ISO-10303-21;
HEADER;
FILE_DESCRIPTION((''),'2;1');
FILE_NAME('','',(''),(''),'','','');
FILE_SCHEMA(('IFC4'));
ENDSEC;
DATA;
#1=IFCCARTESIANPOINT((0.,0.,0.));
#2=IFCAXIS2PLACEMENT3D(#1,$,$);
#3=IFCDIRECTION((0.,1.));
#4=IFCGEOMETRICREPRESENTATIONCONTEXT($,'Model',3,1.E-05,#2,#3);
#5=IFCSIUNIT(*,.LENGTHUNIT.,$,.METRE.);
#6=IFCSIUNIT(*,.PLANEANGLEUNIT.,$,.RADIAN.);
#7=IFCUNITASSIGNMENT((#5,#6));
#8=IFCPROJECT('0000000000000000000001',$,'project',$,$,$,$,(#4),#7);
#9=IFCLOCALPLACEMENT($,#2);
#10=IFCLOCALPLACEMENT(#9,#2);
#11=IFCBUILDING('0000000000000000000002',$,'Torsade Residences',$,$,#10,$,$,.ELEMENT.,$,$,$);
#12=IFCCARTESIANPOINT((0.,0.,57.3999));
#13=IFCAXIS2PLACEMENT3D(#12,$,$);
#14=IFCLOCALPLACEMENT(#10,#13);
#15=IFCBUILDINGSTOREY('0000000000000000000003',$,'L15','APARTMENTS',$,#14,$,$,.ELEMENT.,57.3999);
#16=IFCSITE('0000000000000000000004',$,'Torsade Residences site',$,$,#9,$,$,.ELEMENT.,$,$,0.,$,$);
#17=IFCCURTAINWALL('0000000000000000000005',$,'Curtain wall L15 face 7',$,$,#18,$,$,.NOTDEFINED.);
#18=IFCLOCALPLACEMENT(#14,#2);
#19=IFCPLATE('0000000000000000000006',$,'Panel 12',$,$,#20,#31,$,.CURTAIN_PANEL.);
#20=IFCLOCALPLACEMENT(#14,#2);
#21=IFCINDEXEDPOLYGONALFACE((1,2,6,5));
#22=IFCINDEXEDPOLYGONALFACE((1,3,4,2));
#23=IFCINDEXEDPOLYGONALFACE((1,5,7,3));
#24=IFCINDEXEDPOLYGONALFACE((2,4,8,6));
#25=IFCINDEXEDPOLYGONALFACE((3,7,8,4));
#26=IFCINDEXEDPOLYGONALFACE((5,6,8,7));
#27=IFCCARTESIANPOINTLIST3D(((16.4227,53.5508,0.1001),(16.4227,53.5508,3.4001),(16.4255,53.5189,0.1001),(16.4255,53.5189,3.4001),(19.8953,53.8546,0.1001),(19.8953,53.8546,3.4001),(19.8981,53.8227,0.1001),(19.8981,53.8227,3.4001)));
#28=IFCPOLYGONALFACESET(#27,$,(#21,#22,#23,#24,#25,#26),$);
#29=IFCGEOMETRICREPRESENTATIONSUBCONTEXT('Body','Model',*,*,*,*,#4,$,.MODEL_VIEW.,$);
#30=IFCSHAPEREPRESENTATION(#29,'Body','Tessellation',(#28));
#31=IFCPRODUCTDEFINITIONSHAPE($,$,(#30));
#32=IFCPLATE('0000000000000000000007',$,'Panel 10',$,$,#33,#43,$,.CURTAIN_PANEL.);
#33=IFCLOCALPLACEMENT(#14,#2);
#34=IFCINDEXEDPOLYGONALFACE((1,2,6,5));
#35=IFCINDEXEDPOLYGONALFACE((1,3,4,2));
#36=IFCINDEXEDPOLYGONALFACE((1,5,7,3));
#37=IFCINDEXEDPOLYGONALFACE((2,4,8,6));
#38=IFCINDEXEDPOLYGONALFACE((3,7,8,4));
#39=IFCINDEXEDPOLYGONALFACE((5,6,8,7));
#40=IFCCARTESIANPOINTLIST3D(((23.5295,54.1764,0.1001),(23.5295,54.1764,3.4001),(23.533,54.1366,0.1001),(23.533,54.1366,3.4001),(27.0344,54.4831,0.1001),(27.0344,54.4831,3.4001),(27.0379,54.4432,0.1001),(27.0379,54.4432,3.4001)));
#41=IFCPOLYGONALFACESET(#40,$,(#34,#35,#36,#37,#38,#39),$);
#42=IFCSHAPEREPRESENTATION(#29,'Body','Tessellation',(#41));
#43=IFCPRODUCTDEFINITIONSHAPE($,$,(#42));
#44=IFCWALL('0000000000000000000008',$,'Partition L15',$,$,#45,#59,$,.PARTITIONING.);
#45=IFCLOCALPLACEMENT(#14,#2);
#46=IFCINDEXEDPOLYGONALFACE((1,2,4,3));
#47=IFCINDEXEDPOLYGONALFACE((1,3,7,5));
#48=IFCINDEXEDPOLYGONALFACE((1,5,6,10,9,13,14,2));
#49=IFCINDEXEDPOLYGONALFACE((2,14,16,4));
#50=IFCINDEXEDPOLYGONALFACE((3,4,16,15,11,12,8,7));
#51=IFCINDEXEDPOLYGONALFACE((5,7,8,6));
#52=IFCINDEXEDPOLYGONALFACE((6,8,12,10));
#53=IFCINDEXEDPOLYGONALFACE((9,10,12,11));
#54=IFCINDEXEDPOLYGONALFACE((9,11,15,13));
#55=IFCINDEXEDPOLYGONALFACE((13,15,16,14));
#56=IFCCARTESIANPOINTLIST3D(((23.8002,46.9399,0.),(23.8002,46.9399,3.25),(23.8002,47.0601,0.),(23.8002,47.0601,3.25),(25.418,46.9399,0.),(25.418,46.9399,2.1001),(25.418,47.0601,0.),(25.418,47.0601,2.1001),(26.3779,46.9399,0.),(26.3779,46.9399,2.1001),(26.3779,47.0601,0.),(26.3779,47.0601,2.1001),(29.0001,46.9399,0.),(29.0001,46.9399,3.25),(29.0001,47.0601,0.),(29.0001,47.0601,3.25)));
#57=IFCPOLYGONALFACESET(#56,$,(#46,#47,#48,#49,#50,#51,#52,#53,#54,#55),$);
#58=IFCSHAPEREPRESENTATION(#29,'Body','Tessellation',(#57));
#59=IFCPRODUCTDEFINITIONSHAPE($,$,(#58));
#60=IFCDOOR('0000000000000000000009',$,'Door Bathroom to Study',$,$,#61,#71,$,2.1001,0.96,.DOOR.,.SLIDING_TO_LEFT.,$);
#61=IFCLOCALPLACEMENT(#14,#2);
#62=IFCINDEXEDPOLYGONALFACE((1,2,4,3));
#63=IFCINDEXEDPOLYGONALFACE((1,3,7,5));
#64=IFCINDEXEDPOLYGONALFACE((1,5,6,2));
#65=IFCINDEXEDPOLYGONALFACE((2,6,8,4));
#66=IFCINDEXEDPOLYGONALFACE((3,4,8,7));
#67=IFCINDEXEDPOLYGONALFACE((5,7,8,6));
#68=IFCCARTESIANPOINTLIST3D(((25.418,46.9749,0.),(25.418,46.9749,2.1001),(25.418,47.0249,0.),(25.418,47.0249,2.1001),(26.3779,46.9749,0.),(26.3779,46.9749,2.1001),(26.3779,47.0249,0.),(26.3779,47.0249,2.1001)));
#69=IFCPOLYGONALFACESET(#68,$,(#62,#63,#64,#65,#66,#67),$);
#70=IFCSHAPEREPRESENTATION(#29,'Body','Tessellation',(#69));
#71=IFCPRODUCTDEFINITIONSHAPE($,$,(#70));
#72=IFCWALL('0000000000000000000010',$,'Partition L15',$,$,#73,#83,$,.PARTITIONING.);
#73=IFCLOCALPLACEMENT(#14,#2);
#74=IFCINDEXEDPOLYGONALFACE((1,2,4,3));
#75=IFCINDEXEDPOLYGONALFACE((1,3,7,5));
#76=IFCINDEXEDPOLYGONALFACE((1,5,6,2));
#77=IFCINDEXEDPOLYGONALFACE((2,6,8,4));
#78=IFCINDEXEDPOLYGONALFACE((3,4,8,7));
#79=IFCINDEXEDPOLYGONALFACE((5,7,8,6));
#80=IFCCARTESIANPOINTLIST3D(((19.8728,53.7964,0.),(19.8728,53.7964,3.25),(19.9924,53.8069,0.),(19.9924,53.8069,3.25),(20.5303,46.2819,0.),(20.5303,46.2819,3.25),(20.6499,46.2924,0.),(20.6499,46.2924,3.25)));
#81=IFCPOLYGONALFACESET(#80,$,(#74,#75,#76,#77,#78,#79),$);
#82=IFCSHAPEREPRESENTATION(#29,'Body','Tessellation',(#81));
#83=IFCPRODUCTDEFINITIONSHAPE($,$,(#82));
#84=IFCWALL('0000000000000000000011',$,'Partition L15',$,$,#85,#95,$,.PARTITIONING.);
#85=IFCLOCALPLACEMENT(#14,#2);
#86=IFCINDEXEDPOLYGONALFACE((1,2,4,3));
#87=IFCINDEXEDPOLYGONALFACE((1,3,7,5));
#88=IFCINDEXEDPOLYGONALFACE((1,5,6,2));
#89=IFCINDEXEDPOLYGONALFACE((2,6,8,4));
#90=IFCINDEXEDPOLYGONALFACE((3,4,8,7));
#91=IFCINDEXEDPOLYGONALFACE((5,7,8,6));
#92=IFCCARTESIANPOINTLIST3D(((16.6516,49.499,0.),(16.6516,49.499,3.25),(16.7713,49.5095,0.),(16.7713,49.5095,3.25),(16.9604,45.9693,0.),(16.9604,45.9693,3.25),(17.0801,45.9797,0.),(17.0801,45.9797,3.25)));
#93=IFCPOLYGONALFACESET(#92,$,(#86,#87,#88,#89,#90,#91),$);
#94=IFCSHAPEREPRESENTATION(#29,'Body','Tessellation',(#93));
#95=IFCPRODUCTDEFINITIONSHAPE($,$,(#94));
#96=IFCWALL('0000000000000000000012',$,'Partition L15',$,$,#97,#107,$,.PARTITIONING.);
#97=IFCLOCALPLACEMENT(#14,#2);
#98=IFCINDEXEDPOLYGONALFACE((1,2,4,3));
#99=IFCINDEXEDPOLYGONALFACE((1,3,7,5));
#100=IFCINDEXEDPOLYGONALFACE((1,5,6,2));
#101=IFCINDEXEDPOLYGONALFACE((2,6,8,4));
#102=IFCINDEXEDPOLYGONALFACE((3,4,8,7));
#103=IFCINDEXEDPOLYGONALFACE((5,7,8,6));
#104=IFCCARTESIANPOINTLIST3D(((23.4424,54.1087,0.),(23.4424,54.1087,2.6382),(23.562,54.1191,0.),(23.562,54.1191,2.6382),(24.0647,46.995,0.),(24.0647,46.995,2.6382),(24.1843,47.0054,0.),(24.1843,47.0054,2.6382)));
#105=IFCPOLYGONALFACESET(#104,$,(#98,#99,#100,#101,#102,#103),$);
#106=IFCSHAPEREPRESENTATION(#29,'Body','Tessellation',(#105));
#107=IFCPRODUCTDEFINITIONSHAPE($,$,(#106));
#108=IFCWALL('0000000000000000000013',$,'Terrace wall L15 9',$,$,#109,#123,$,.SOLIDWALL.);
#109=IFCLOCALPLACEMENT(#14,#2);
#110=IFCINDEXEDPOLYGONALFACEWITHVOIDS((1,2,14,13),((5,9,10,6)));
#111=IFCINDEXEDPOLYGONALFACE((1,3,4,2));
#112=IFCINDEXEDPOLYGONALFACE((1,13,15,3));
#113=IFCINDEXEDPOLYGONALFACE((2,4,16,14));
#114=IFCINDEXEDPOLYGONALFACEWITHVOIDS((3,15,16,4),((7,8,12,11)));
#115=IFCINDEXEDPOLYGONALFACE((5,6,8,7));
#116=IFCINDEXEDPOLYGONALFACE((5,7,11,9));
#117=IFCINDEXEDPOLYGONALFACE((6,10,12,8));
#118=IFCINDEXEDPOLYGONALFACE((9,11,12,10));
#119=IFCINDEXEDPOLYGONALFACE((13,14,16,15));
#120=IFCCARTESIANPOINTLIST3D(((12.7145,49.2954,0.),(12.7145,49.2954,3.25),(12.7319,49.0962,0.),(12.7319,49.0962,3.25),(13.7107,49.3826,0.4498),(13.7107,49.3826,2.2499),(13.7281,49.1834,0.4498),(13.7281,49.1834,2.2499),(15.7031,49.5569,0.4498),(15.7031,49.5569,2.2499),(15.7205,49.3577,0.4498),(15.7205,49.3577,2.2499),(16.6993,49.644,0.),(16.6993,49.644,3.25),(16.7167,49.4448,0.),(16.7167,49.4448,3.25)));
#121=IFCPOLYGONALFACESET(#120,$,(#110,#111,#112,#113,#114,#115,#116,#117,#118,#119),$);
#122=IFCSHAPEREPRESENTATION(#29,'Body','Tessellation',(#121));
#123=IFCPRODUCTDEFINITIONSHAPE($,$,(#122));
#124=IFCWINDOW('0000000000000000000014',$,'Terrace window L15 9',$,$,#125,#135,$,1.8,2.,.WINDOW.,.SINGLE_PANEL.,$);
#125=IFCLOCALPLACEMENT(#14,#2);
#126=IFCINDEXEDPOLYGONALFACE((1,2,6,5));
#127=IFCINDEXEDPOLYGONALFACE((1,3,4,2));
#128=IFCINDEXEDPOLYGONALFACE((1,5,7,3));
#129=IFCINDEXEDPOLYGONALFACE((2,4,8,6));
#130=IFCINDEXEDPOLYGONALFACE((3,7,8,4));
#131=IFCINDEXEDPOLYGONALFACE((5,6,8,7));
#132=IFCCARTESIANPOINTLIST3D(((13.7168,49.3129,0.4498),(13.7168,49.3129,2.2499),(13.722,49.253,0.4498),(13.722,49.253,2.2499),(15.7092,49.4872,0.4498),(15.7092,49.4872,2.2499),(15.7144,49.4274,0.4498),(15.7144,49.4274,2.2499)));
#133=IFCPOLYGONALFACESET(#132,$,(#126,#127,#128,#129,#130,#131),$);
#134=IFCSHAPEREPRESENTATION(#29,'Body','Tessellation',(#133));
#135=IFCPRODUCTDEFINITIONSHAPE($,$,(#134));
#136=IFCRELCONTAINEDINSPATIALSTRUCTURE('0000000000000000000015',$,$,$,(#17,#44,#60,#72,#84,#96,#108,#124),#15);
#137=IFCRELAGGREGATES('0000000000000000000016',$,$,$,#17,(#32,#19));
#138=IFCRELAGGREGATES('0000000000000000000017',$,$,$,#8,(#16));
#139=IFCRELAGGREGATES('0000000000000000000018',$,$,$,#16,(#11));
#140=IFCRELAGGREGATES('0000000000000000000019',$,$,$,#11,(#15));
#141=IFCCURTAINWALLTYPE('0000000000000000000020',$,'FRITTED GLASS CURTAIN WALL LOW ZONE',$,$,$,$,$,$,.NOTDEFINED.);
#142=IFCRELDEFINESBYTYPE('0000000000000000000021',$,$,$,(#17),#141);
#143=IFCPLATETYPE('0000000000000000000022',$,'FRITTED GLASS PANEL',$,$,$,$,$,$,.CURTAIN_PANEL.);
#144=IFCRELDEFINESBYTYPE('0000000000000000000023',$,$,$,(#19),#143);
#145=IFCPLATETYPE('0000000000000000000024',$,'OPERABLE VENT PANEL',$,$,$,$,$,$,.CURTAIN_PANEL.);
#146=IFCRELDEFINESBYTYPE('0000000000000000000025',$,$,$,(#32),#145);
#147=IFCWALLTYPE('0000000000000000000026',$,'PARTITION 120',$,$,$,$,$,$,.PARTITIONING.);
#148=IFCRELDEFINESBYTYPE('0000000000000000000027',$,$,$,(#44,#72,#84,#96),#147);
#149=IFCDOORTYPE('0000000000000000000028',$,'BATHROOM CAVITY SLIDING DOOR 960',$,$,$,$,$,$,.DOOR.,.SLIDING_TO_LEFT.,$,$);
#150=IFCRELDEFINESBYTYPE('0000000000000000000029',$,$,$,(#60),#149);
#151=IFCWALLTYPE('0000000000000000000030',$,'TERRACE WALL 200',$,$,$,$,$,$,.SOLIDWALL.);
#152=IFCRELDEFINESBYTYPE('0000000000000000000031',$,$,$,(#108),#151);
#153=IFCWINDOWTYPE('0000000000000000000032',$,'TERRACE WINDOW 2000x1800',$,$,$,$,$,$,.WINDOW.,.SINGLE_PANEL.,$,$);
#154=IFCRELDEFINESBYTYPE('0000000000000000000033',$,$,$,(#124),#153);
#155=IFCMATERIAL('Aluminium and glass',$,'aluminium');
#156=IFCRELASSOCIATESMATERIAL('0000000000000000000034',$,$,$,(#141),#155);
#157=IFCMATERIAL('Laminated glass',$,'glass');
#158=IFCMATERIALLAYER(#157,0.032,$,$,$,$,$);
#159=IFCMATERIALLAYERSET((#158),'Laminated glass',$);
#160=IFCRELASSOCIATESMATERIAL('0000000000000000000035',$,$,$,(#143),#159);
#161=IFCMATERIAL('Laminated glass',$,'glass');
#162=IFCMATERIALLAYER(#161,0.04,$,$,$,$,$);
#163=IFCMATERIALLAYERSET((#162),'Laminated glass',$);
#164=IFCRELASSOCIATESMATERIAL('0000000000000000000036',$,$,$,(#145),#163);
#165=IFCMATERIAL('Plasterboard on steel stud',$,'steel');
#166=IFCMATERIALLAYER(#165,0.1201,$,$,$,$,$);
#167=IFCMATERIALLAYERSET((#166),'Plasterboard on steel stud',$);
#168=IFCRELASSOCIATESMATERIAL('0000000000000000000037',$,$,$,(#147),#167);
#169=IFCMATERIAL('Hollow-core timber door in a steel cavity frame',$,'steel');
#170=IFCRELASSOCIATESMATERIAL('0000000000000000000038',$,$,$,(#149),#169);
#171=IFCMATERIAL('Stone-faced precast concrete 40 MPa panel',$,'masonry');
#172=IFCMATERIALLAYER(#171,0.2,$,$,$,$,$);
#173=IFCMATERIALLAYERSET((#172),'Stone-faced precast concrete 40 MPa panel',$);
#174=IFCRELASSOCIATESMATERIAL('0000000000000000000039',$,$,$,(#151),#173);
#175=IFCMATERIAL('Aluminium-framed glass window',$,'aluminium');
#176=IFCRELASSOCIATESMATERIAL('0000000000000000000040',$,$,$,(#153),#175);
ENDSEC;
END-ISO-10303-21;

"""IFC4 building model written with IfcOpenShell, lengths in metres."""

from ifc_helpers import new_model, si_unit, direction, frame, frame_2d, origin, origin_2d, place, context, subcontext, project, spatial, rectangle, extrude, material, layer, layer_set, type_object, element, fill, aggregate, save


model = new_model("IFC4")

# Units and contexts
model_context = context("Model", 3, precision=1e-05, world=origin(), true_north=direction((0.0, 1.0)))
body_context = subcontext(model_context, "Body", "Model", "MODEL_VIEW")
ifc_project = project(units=[si_unit("LENGTHUNIT", "METRE"), si_unit("PLANEANGLEUNIT", "RADIAN")], contexts=[model_context])

# Site, building, storey
site_placement = place(None, origin())
site = spatial("IfcSite", under=ifc_project, at=site_placement, Name="Torsade Residences site", CompositionType="ELEMENT", RefElevation=0.0)
building_placement = place(site_placement, origin())
building = spatial("IfcBuilding", under=site, at=building_placement, Name="Torsade Residences", CompositionType="ELEMENT")
storey_placement = place(building_placement, frame((0.0, 0.0, 57.3999)))
storey = spatial("IfcBuildingStorey", under=building, at=storey_placement, Name="L15", Description="APARTMENTS", CompositionType="ELEMENT", Elevation=57.3999)

# Curtain wall
ifc_material_1 = material(Name="Aluminium and glass", Category="aluminium")
curtain_wall_type = type_object("IfcCurtainWallType", Name="FRITTED GLASS CURTAIN WALL LOW ZONE", PredefinedType="NOTDEFINED", material=ifc_material_1)
curtain_wall_placement = place(storey_placement, origin())
curtain_wall = element("IfcCurtainWall", 1, at=curtain_wall_placement, inside=storey, type_object=curtain_wall_type, Name="Curtain wall L15 face 7", PredefinedType="NOTDEFINED")

# Plates
ifc_material_2 = material(Name="Laminated glass", Category="glass")
ifc_layer_1 = layer(ifc_material_2, 0.032)
ifc_layer_set_1 = layer_set([ifc_layer_1], Name="Laminated glass")
plate_type_1 = type_object("IfcPlateType", Name="FRITTED GLASS PANEL", PredefinedType="CURTAIN_PANEL", material=ifc_layer_set_1)
plate_1_placement = place(storey_placement, frame((18.1604, 53.6868, 0.1001), z_axis=(0.0, 0.0, 1.0), x_axis=(-0.996195, -0.087156, 0.0)))
plate_1 = element("IfcPlate", 2, at=plate_1_placement, type_object=plate_type_1, Name="Panel 12", PredefinedType="CURTAIN_PANEL", context=body_context, shape_type="SweptSolid", body=[
    extrude(rectangle(XDim=3.4858, YDim=0.032, at=origin_2d()), origin(), (0.0, 0.0, 1.0), 3.3),
])
ifc_material_3 = material(Name="Laminated glass", Category="glass")
ifc_layer_2 = layer(ifc_material_3, 0.04)
ifc_layer_set_2 = layer_set([ifc_layer_2], Name="Laminated glass")
plate_type_2 = type_object("IfcPlateType", Name="OPERABLE VENT PANEL", PredefinedType="CURTAIN_PANEL", material=ifc_layer_set_2)
plate_2_placement = place(storey_placement, frame((25.2837, 54.3098, 0.1001), z_axis=(0.0, 0.0, 1.0), x_axis=(-0.996195, -0.087156, 0.0)))
plate_2 = element("IfcPlate", 3, at=plate_2_placement, type_object=plate_type_2, Name="Panel 10", PredefinedType="CURTAIN_PANEL", context=body_context, shape_type="SweptSolid", body=[
    extrude(rectangle(XDim=3.5183, YDim=0.04, at=origin_2d()), origin(), (0.0, 0.0, 1.0), 3.3),
])
aggregate(curtain_wall, [plate_2, plate_1])

# Wall, opening, door
ifc_material_4 = material(Name="Plasterboard on steel stud", Category="steel")
ifc_layer_3 = layer(ifc_material_4, 0.1201)
ifc_layer_set_3 = layer_set([ifc_layer_3], Name="Plasterboard on steel stud")
wall_type_1 = type_object("IfcWallType", Name="PARTITION 120", PredefinedType="PARTITIONING", material=ifc_layer_set_3)
wall_1_placement = place(storey_placement, frame((23.8, 47.0, 0.0), z_axis=(0.0, 0.0, 1.0), x_axis=(1.0, 0.0, 0.0)))
wall_1 = element("IfcWall", 4, at=wall_1_placement, inside=storey, type_object=wall_type_1, Name="Partition L15", PredefinedType="PARTITIONING", context=body_context, shape_type="SweptSolid", body=[
    extrude(rectangle(XDim=5.2, YDim=0.1201, at=frame_2d((2.6001, 0.0))), origin(), (0.0, 0.0, 1.0), 3.25),
])
opening_1_placement = place(wall_1_placement, frame((1.6179, 0.0, 0.0)))
opening_1 = element("IfcOpeningElement", 5, at=opening_1_placement, cuts=wall_1, PredefinedType="OPENING", context=body_context, shape_type="SweptSolid", body=[
    extrude(rectangle(XDim=0.96, YDim=2.1001, at=frame_2d((0.48, 1.05))), frame((0.0, 0.0701, 0.0), z_axis=(0.0, -1.0, 0.0), x_axis=(1.0, 0.0, 0.0)), (0.0, 0.0, 1.0), 0.1401),
])
ifc_material_5 = material(Name="Hollow-core timber door in a steel cavity frame", Category="steel")
door_type = type_object("IfcDoorType", Name="BATHROOM CAVITY SLIDING DOOR 960", OperationType="SLIDING_TO_LEFT", PredefinedType="DOOR", material=ifc_material_5)
door_placement = place(opening_1_placement, origin())
door = element("IfcDoor", 6, at=door_placement, inside=storey, type_object=door_type, Name="Door Bathroom to Study", OperationType="SLIDING_TO_LEFT", OverallHeight=2.1001, OverallWidth=0.96, PredefinedType="DOOR", context=body_context, shape_type="SweptSolid", body=[
    extrude(rectangle(XDim=0.96, YDim=2.1001, at=frame_2d((0.48, 1.05))), frame((0.0, 0.0249, 0.0), z_axis=(0.0, -1.0, 0.0), x_axis=(1.0, 0.0, 0.0)), (0.0, 0.0, 1.0), 0.05),
])
fill(opening_1, door)

# Walls
wall_2_placement = place(storey_placement, frame((19.9326, 53.8015, 0.0), z_axis=(0.0, 0.0, 1.0), x_axis=(0.087162, -0.996194, 0.0)))
element("IfcWall", 7, at=wall_2_placement, inside=storey, type_object=wall_type_1, Name="Partition L15", PredefinedType="PARTITIONING", context=body_context, shape_type="SweptSolid", body=[
    extrude(rectangle(XDim=7.5432, YDim=0.1201, at=frame_2d((3.7715, 0.0))), origin(), (0.0, 0.0, 1.0), 3.25),
])
wall_3_placement = place(storey_placement, frame((17.0203, 45.9746, 0.0), z_axis=(0.0, 0.0, 1.0), x_axis=(-0.087162, 0.996194, 0.0)))
element("IfcWall", 8, at=wall_3_placement, inside=storey, type_object=wall_type_1, Name="Partition L15", PredefinedType="PARTITIONING", context=body_context, shape_type="SweptSolid", body=[
    extrude(rectangle(XDim=3.5432, YDim=0.1201, at=frame_2d((1.7715, 0.0))), origin(), (0.0, 0.0, 1.0), 3.25),
])
wall_4_placement = place(storey_placement, frame((23.5022, 54.1138, 0.0), z_axis=(0.0, 0.0, 1.0), x_axis=(0.087147, -0.996195, 0.0)))
element("IfcWall", 9, at=wall_4_placement, inside=storey, type_object=wall_type_1, Name="Partition L15", PredefinedType="PARTITIONING", context=body_context, shape_type="SweptSolid", body=[
    extrude(rectangle(XDim=7.1409, YDim=0.1201, at=frame_2d((3.5703, 0.0))), origin(), (0.0, 0.0, 1.0), 2.6382),
])

# Wall, opening, window
ifc_material_6 = material(Name="Stone-faced precast concrete 40 MPa panel", Category="masonry")
ifc_layer_4 = layer(ifc_material_6, 0.2)
ifc_layer_set_4 = layer_set([ifc_layer_4], Name="Stone-faced precast concrete 40 MPa panel")
wall_type_2 = type_object("IfcWallType", Name="TERRACE WALL 200", PredefinedType="SOLIDWALL", material=ifc_layer_set_4)
wall_5_placement = place(storey_placement, frame((16.708, 49.5444, 0.0), z_axis=(0.0, 0.0, 1.0), x_axis=(-0.996195, -0.087156, 0.0)))
wall_5 = element("IfcWall", 10, at=wall_5_placement, inside=storey, type_object=wall_type_2, Name="Terrace wall L15 9", PredefinedType="SOLIDWALL", context=body_context, shape_type="SweptSolid", body=[
    extrude(rectangle(XDim=4.0, YDim=0.2, at=frame_2d((2.0, 0.0))), origin(), (0.0, 0.0, 1.0), 3.25),
])
opening_2_placement = place(wall_5_placement, frame((1.0, 0.0, 0.45)))
opening_2 = element("IfcOpeningElement", 11, at=opening_2_placement, cuts=wall_5, PredefinedType="OPENING", context=body_context, shape_type="SweptSolid", body=[
    extrude(rectangle(XDim=2.0, YDim=1.8, at=frame_2d((1.0, 0.8999))), frame((0.0, 0.1099, 0.0), z_axis=(0.0, -1.0, 0.0), x_axis=(1.0, 0.0, 0.0)), (0.0, 0.0, 1.0), 0.22),
])
ifc_material_7 = material(Name="Aluminium-framed glass window", Category="aluminium")
window_type = type_object("IfcWindowType", Name="TERRACE WINDOW 2000x1800", PartitioningType="SINGLE_PANEL", PredefinedType="WINDOW", material=ifc_material_7)
window_placement = place(opening_2_placement, origin())
window = element("IfcWindow", 12, at=window_placement, inside=storey, type_object=window_type, Name="Terrace window L15 9", OverallHeight=1.8, OverallWidth=2.0, PartitioningType="SINGLE_PANEL", PredefinedType="WINDOW", context=body_context, shape_type="SweptSolid", body=[
    extrude(rectangle(XDim=2.0, YDim=1.8, at=frame_2d((1.0, 0.8999))), frame((0.0, 0.03, 0.0), z_axis=(0.0, -1.0, 0.0), x_axis=(1.0, 0.0, 0.0)), (0.0, 0.0, 1.0), 0.0601),
])
fill(opening_2, window)

save(model, "model.ifc")
